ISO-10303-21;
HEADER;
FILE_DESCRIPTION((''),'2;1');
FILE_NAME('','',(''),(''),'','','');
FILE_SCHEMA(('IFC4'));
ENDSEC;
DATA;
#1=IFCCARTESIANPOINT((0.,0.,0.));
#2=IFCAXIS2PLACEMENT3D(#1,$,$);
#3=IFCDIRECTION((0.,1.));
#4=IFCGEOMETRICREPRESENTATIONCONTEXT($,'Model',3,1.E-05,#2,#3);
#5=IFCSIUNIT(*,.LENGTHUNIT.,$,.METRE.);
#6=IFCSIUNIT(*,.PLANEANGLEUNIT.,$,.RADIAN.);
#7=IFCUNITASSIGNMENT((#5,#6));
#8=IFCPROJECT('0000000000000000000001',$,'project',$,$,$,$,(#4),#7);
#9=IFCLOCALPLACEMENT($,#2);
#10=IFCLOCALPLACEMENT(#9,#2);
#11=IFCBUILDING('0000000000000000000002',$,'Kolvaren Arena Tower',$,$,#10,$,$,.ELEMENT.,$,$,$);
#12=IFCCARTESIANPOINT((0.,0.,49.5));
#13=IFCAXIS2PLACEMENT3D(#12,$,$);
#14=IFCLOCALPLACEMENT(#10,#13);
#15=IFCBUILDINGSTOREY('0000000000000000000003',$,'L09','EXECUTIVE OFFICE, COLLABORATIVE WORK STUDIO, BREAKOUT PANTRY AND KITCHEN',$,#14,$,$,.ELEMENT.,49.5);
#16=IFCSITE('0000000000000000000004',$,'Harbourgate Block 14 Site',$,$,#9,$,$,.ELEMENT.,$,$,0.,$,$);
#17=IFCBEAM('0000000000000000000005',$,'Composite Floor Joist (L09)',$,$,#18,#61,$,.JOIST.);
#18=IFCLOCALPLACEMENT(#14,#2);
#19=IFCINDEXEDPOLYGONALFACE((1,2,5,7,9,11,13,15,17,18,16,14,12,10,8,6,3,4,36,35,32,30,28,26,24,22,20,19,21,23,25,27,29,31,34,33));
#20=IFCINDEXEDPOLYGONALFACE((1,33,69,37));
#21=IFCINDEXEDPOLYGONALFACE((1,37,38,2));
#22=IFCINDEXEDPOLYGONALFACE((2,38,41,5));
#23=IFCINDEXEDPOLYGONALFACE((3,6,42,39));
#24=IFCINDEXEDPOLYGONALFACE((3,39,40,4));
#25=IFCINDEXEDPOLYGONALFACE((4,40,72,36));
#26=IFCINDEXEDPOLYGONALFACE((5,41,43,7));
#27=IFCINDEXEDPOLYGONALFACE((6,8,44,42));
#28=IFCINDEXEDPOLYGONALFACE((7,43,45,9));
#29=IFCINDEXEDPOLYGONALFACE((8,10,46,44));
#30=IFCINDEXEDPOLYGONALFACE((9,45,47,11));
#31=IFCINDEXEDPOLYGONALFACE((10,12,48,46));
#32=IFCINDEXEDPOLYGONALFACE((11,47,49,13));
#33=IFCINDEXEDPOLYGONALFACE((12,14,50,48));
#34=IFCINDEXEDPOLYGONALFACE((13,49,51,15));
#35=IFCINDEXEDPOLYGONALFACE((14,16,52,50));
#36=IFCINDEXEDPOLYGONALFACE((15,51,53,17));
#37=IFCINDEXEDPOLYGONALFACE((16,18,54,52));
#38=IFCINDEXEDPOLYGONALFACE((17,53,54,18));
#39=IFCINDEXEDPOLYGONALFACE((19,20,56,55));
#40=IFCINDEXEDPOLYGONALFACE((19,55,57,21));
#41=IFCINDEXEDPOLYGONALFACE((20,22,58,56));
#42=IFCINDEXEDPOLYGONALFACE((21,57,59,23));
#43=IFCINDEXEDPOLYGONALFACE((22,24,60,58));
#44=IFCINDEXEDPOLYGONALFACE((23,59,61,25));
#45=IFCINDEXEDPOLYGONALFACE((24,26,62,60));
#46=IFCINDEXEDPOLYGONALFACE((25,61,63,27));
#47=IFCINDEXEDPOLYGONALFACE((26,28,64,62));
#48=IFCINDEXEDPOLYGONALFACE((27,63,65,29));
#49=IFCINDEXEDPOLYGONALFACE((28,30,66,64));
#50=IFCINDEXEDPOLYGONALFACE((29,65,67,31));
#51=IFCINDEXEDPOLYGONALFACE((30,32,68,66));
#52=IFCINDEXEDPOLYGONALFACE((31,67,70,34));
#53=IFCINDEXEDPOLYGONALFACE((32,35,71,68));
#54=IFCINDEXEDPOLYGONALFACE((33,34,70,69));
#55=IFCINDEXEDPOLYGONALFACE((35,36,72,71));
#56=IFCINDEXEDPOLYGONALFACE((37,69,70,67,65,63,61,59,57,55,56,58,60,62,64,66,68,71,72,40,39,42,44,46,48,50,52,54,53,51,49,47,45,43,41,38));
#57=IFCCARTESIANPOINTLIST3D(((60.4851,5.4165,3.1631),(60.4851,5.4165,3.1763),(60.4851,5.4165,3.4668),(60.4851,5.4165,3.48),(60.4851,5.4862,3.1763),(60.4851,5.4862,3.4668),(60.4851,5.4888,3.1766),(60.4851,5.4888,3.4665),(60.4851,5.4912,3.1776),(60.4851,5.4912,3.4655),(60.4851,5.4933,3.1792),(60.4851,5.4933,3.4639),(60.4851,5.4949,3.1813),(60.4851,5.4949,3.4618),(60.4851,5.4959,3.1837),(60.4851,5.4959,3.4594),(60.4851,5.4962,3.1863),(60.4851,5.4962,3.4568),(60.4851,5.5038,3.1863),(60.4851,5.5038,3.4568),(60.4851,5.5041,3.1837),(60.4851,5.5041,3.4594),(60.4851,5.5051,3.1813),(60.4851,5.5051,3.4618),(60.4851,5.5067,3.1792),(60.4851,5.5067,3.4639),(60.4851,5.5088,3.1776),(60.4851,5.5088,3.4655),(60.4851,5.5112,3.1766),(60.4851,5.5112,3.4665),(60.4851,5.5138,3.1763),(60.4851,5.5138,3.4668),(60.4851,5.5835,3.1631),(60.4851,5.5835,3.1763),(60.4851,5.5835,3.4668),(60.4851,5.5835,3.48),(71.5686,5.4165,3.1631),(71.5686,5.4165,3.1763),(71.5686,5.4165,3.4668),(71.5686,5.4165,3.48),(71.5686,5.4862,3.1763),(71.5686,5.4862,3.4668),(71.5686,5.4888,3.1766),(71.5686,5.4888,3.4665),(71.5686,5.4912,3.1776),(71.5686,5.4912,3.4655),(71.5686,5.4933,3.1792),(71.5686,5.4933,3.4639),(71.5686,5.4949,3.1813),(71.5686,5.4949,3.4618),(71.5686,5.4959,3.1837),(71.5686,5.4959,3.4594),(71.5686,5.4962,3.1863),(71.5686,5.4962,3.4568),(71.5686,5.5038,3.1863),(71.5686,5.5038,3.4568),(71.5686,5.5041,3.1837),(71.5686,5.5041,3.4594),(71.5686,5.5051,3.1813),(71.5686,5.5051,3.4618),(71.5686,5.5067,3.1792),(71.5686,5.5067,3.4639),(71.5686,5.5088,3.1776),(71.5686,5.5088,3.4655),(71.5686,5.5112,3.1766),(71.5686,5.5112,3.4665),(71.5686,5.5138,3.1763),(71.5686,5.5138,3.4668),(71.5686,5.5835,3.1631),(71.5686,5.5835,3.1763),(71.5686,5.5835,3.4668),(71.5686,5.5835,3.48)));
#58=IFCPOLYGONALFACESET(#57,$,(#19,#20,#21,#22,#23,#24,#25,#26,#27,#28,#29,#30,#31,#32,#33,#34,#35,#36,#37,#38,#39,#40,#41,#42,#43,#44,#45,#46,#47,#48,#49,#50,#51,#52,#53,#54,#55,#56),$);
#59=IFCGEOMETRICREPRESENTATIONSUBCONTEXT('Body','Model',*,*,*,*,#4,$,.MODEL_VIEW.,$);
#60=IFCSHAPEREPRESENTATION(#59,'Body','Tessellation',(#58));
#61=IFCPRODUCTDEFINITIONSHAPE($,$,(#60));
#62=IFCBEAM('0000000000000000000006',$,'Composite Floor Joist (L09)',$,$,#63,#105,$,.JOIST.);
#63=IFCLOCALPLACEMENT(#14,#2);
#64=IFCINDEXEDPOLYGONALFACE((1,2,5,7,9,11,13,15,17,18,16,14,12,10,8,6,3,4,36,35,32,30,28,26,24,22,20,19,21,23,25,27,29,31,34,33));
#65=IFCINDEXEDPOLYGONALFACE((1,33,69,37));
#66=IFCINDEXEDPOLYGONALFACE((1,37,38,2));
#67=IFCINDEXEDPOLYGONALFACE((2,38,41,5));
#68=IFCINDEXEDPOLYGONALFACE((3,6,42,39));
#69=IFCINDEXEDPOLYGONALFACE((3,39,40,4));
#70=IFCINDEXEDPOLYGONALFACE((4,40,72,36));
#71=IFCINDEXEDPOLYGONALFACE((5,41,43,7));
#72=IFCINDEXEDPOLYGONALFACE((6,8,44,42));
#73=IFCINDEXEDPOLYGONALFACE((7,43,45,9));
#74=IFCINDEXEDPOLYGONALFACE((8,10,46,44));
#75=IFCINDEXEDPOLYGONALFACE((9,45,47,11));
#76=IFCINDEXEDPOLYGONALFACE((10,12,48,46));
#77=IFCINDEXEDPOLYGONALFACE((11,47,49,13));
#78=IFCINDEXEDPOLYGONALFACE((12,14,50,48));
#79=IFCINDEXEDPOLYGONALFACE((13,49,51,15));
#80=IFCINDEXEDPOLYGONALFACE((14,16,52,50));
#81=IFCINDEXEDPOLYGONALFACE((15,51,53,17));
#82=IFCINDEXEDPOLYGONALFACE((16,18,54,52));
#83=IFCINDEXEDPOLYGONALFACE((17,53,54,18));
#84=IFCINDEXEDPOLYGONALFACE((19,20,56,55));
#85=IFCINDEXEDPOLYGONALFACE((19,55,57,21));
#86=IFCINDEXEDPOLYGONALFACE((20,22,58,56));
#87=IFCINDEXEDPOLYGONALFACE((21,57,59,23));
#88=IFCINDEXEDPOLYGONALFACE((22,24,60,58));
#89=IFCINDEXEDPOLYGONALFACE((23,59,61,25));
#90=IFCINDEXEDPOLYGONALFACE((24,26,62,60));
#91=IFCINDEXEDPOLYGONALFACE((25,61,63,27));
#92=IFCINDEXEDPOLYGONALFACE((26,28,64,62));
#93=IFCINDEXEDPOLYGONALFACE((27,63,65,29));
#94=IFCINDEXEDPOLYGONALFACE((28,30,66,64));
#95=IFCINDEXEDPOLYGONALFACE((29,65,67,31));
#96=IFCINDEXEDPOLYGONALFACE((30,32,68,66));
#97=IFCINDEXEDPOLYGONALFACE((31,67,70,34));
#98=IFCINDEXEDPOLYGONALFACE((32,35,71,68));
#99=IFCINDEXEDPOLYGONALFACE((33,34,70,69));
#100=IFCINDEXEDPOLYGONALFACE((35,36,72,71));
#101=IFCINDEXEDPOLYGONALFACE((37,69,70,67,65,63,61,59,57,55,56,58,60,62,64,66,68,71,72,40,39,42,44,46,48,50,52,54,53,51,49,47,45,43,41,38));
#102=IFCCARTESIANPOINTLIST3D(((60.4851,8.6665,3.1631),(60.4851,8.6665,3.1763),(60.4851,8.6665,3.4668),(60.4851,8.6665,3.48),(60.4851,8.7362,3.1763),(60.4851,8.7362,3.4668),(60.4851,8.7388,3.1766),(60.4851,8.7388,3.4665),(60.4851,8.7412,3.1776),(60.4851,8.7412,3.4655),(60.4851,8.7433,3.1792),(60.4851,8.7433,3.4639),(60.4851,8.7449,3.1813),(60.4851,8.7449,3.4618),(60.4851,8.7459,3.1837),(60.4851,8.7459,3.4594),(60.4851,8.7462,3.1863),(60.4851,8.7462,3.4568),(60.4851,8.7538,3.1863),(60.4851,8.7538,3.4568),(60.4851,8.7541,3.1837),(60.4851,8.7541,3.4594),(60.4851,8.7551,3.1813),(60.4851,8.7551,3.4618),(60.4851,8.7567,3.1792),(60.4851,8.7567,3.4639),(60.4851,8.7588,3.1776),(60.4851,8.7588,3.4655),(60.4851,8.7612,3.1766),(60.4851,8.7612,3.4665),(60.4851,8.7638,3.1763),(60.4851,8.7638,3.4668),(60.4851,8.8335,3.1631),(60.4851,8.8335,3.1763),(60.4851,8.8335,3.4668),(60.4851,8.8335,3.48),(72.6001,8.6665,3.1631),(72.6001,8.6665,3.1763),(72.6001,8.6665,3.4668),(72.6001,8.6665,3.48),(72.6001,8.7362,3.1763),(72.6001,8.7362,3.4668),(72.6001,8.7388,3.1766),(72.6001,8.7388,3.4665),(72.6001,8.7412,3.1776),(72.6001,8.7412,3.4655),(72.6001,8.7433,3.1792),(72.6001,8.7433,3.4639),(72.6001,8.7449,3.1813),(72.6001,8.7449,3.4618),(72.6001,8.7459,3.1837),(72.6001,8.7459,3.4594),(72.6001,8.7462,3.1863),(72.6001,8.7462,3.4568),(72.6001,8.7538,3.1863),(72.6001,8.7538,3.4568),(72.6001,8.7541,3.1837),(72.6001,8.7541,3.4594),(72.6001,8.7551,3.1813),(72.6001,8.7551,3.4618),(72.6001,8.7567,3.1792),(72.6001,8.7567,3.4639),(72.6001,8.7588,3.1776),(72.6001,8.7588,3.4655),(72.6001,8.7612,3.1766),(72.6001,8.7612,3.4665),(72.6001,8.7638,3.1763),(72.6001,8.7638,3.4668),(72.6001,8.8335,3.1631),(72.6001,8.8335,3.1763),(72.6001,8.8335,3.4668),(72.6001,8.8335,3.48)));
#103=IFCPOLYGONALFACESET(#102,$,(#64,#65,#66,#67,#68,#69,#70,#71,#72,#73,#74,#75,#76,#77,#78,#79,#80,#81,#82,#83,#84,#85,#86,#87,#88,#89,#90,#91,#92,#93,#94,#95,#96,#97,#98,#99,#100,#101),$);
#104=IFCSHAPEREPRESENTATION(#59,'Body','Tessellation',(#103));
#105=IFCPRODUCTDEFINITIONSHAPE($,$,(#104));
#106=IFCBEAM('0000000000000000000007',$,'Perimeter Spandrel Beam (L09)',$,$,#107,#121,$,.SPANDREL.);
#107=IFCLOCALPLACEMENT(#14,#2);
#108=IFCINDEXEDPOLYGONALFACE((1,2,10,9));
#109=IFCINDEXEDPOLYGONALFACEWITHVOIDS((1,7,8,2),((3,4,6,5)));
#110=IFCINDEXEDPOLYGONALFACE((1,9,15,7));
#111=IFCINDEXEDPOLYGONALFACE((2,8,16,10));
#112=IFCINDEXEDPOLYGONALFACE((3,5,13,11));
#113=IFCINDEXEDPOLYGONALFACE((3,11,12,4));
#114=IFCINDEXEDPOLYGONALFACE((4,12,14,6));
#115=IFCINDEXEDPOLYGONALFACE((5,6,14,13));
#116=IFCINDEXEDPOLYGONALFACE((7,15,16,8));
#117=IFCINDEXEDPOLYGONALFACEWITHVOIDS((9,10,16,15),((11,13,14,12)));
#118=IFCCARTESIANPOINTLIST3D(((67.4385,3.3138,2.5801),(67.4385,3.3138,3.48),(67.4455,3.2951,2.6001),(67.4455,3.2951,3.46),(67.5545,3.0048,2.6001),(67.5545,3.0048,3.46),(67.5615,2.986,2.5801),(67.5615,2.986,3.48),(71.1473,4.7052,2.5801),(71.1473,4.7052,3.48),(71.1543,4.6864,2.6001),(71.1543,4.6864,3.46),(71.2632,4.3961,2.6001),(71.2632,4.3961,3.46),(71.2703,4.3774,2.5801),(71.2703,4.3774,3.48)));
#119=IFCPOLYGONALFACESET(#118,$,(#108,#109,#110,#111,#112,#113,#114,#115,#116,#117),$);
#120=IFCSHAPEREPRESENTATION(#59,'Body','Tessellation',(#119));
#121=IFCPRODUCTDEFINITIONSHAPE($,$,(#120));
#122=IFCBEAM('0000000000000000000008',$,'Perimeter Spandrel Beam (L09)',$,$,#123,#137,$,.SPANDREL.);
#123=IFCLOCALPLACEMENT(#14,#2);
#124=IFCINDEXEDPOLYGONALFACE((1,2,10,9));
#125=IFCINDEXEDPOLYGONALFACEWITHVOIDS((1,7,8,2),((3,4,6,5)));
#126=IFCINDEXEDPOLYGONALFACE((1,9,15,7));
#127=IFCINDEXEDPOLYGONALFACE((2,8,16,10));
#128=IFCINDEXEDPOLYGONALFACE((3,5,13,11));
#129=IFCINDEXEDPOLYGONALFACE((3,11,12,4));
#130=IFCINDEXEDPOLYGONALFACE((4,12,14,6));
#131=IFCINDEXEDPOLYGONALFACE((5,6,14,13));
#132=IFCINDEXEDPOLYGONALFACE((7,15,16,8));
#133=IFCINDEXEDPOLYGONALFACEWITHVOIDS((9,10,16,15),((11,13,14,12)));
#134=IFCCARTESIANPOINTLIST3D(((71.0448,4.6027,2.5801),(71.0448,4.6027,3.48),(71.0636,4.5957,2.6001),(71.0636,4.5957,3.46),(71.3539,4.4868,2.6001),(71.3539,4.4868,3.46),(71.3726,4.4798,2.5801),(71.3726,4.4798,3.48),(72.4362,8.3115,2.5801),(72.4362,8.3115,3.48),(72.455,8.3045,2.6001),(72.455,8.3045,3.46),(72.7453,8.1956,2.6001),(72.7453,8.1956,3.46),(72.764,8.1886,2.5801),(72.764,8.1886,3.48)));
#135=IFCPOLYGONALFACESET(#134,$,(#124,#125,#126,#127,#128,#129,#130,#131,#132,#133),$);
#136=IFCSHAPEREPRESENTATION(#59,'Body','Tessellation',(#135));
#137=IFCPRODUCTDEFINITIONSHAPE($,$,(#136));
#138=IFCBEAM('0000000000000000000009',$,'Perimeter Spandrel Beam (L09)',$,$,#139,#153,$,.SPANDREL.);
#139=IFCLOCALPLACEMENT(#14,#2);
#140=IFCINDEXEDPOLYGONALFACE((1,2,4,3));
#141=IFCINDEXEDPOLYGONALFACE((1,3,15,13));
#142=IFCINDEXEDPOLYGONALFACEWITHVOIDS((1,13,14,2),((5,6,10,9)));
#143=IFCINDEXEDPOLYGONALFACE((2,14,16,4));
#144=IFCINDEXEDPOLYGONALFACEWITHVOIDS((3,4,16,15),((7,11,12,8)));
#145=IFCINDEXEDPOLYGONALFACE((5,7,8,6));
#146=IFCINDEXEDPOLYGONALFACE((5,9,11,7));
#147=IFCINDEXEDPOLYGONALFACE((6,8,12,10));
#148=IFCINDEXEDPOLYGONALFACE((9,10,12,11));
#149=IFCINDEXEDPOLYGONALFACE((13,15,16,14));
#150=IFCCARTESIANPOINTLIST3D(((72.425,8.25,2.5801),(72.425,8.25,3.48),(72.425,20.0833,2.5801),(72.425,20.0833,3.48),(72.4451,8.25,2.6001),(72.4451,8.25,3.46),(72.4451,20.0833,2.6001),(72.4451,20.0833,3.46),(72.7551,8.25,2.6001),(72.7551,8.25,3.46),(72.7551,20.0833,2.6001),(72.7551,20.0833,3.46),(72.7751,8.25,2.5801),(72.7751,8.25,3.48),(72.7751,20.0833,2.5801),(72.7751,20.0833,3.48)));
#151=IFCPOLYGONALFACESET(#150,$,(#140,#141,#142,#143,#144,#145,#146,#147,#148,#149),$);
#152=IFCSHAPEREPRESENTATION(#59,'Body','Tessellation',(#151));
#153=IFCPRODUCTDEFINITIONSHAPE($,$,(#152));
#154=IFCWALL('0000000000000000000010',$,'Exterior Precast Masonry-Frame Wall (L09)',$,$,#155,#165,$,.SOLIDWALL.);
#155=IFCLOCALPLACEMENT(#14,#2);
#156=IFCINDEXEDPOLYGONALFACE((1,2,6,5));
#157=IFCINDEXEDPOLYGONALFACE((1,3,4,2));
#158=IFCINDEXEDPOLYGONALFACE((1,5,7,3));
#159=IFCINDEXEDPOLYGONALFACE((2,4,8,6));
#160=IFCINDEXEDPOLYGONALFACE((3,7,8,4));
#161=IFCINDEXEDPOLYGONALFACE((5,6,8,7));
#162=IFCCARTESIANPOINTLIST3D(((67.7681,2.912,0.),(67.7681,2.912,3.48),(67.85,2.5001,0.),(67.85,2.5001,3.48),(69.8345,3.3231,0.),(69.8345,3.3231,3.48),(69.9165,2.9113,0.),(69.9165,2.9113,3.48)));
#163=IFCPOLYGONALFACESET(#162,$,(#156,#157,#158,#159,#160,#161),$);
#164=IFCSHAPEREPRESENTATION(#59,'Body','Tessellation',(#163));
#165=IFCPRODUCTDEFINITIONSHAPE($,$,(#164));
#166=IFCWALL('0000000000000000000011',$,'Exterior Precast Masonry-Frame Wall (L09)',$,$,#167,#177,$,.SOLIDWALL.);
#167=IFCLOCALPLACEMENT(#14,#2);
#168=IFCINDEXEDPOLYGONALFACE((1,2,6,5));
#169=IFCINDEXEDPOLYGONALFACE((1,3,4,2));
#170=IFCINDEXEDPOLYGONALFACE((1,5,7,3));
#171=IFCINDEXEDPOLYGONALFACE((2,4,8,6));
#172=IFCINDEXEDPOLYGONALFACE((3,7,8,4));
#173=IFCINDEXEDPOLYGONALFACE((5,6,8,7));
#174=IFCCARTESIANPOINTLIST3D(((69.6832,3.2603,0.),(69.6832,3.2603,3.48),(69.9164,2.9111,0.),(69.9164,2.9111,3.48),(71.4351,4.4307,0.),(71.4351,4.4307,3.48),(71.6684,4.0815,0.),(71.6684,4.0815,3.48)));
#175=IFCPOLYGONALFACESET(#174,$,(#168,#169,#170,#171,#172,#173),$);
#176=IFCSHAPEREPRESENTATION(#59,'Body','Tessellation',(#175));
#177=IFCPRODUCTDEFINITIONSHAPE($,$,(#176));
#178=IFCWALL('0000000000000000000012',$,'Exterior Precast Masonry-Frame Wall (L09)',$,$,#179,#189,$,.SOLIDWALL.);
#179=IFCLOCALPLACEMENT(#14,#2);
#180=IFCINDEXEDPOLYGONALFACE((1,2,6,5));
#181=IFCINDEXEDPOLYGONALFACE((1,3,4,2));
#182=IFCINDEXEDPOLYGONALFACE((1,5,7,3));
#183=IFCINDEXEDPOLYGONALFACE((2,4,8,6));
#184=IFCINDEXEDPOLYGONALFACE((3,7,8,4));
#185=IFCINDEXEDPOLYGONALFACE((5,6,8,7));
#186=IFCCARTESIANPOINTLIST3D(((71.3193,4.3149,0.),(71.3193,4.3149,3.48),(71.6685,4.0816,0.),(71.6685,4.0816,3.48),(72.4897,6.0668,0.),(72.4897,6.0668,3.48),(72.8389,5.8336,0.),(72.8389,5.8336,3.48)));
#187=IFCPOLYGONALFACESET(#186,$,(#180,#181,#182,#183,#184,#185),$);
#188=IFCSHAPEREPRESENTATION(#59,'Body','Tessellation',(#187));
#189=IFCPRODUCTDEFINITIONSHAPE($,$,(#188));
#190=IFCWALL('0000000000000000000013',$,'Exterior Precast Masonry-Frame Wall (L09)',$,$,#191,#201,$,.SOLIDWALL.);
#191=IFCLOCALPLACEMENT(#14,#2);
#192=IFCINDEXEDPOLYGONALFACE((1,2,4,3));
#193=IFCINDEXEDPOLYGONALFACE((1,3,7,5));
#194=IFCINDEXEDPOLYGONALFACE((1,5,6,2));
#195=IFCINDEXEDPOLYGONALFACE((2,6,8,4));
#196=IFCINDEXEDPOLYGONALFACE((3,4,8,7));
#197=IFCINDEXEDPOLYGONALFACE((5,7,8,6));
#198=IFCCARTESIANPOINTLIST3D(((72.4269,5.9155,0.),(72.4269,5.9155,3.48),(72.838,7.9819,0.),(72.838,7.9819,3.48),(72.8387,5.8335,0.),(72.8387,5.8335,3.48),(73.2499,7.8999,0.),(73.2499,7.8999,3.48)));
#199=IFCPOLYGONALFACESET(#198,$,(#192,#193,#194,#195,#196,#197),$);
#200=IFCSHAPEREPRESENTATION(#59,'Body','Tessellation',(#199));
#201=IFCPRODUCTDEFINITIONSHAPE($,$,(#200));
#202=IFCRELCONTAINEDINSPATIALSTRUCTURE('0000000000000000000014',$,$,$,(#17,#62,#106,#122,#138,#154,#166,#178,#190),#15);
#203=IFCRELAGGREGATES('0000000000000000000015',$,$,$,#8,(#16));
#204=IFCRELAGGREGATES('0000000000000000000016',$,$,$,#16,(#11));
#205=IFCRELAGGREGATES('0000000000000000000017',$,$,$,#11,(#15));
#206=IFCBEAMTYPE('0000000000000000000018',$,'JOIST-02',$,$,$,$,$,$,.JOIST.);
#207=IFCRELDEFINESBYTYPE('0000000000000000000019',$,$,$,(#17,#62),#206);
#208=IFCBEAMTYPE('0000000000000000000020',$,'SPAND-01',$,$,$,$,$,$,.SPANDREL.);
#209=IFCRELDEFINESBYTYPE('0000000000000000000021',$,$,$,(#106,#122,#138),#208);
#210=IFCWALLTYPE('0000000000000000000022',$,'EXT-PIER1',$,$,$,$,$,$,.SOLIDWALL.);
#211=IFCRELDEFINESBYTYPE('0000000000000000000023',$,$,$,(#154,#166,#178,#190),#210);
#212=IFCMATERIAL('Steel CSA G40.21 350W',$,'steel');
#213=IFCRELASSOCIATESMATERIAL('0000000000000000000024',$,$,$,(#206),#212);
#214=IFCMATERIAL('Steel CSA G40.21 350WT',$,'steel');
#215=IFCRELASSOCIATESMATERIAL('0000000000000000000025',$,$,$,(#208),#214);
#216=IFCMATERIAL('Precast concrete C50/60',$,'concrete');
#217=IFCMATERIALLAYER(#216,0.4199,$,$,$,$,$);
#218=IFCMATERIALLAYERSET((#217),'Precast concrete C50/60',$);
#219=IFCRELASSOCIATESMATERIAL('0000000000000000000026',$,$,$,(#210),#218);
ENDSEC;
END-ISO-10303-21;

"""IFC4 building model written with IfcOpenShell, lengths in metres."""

from ifc_helpers import new_model, si_unit, direction, frame, frame_2d, origin, origin_2d, place, context, subcontext, project, spatial, rectangle, hollow_rectangle, i_section, extrude, material, layer, layer_set, material_profile, profile_set, type_object, element, save


model = new_model("IFC4")

# Units and contexts
model_context = context("Model", 3, precision=1e-05, world=origin(), true_north=direction((0.0, 1.0)))
body_context = subcontext(model_context, "Body", "Model", "MODEL_VIEW")
ifc_project = project(units=[si_unit("LENGTHUNIT", "METRE"), si_unit("PLANEANGLEUNIT", "RADIAN")], contexts=[model_context])

# Site, building, storey
site_placement = place(None, origin())
site = spatial("IfcSite", under=ifc_project, at=site_placement, Name="Harbourgate Block 14 Site", CompositionType="ELEMENT", RefElevation=0.0)
building_placement = place(site_placement, origin())
building = spatial("IfcBuilding", under=site, at=building_placement, Name="Kolvaren Arena Tower", CompositionType="ELEMENT")
storey_placement = place(building_placement, frame((0.0, 0.0, 49.5)))
storey = spatial("IfcBuildingStorey", under=building, at=storey_placement, Name="L09", Description="EXECUTIVE OFFICE, COLLABORATIVE WORK STUDIO, BREAKOUT PANTRY AND KITCHEN", CompositionType="ELEMENT", Elevation=49.5)

# Beams
ifc_material_1 = material(Name="Steel CSA G40.21 350W", Category="steel")
ifc_material_profile_1 = material_profile(ifc_material_1, i_section(OverallWidth=0.167, OverallDepth=0.3169, WebThickness=0.0076, FlangeThickness=0.0132, FilletRadius=0.01, at=origin_2d()), Name="W310x52")
ifc_profile_set_1 = profile_set([ifc_material_profile_1], Name="Steel CSA G40.21 350W")
beam_type_1 = type_object("IfcBeamType", Name="JOIST-02", PredefinedType="JOIST", material=ifc_profile_set_1)
beam_1_placement = place(storey_placement, frame((60.4851, 5.5, 3.3215), z_axis=(1.0, 0.0, 0.0), x_axis=(0.0, 1.0, 0.0)))
element("IfcBeam", 1, at=beam_1_placement, inside=storey, type_object=beam_type_1, Name="Composite Floor Joist (L09)", PredefinedType="JOIST", context=body_context, shape_type="SweptSolid", body=[
    extrude(i_section(OverallWidth=0.167, OverallDepth=0.3169, WebThickness=0.0076, FlangeThickness=0.0132, FilletRadius=0.01, at=origin_2d()), origin(), (0.0, 0.0, 1.0), 11.0835),
])
beam_2_placement = place(storey_placement, frame((60.4851, 8.75, 3.3215), z_axis=(1.0, 0.0, 0.0), x_axis=(0.0, 1.0, 0.0)))
element("IfcBeam", 2, at=beam_2_placement, inside=storey, type_object=beam_type_1, Name="Composite Floor Joist (L09)", PredefinedType="JOIST", context=body_context, shape_type="SweptSolid", body=[
    extrude(i_section(OverallWidth=0.167, OverallDepth=0.3169, WebThickness=0.0076, FlangeThickness=0.0132, FilletRadius=0.01, at=origin_2d()), origin(), (0.0, 0.0, 1.0), 12.115),
])
ifc_material_2 = material(Name="Steel CSA G40.21 350WT", Category="steel")
ifc_material_profile_2 = material_profile(ifc_material_2, hollow_rectangle(XDim=0.3501, YDim=0.8999, WallThickness=0.02, at=origin_2d()), Name="HSS 900x350x20")
ifc_profile_set_2 = profile_set([ifc_material_profile_2], Name="Steel CSA G40.21 350WT")
beam_type_2 = type_object("IfcBeamType", Name="SPAND-01", PredefinedType="SPANDREL", material=ifc_profile_set_2)
for number, where, z_axis, x_axis, name in (
    (3, (67.5, 3.1499, 3.03), (0.936281, 0.351252, 0.0), (-0.351252, 0.936281, 0.0), "Perimeter Spandrel Beam (L09)"),
    (4, (71.2087, 4.5413, 3.03), (0.351252, 0.936281, 0.0), (-0.936281, 0.351252, 0.0), "Perimeter Spandrel Beam (L09)"),
):
    element("IfcBeam", number, at=place(storey_placement, frame(where, z_axis=z_axis, x_axis=x_axis)), inside=storey, type_object=beam_type_2, Name=name, PredefinedType="SPANDREL", context=body_context, shape_type="SweptSolid", body=[
        extrude(hollow_rectangle(XDim=0.3501, YDim=0.8999, WallThickness=0.02, at=origin_2d()), origin(), (0.0, 0.0, 1.0), 3.9612),
    ])
beam_3_placement = place(storey_placement, frame((72.6001, 8.25, 3.03), z_axis=(0.0, 1.0, 0.0), x_axis=(-1.0, 0.0, 0.0)))
element("IfcBeam", 5, at=beam_3_placement, inside=storey, type_object=beam_type_2, Name="Perimeter Spandrel Beam (L09)", PredefinedType="SPANDREL", context=body_context, shape_type="SweptSolid", body=[
    extrude(hollow_rectangle(XDim=0.3501, YDim=0.8999, WallThickness=0.02, at=origin_2d()), origin(), (0.0, 0.0, 1.0), 11.8333),
])

# Walls
ifc_material_3 = material(Name="Precast concrete C50/60", Category="concrete")
ifc_layer_1 = layer(ifc_material_3, 0.4199)
ifc_layer_set_1 = layer_set([ifc_layer_1], Name="Precast concrete C50/60")
wall_type_1 = type_object("IfcWallType", Name="EXT-PIER1", PredefinedType="SOLIDWALL", material=ifc_layer_set_1)
for number, where, z_axis, x_axis, name in (
    (6, (69.8755, 3.1172, 0.0), (0.0, 0.0, 1.0), (-0.980776, -0.195136, 0.0), "Exterior Precast Masonry-Frame Wall (L09)"),
    (7, (71.5518, 4.2561, 0.0), (0.0, 0.0, 1.0), (-0.831515, -0.555502, 0.0), "Exterior Precast Masonry-Frame Wall (L09)"),
    (8, (72.6643, 5.9502, 0.0), (0.0, 0.0, 1.0), (-0.555502, -0.831515, 0.0), "Exterior Precast Masonry-Frame Wall (L09)"),
    (9, (73.0439, 7.9409, 0.0), (0.0, 0.0, 1.0), (-0.195136, -0.980776, 0.0), "Exterior Precast Masonry-Frame Wall (L09)"),
):
    element("IfcWall", number, at=place(storey_placement, frame(where, z_axis=z_axis, x_axis=x_axis)), inside=storey, type_object=wall_type_1, Name=name, PredefinedType="SOLIDWALL", context=body_context, shape_type="SweptSolid", body=[
        extrude(rectangle(XDim=2.1069, YDim=0.4199, at=frame_2d((1.0535, 0.0))), origin(), (0.0, 0.0, 1.0), 3.48),
    ])

save(model, "model.ifc")
